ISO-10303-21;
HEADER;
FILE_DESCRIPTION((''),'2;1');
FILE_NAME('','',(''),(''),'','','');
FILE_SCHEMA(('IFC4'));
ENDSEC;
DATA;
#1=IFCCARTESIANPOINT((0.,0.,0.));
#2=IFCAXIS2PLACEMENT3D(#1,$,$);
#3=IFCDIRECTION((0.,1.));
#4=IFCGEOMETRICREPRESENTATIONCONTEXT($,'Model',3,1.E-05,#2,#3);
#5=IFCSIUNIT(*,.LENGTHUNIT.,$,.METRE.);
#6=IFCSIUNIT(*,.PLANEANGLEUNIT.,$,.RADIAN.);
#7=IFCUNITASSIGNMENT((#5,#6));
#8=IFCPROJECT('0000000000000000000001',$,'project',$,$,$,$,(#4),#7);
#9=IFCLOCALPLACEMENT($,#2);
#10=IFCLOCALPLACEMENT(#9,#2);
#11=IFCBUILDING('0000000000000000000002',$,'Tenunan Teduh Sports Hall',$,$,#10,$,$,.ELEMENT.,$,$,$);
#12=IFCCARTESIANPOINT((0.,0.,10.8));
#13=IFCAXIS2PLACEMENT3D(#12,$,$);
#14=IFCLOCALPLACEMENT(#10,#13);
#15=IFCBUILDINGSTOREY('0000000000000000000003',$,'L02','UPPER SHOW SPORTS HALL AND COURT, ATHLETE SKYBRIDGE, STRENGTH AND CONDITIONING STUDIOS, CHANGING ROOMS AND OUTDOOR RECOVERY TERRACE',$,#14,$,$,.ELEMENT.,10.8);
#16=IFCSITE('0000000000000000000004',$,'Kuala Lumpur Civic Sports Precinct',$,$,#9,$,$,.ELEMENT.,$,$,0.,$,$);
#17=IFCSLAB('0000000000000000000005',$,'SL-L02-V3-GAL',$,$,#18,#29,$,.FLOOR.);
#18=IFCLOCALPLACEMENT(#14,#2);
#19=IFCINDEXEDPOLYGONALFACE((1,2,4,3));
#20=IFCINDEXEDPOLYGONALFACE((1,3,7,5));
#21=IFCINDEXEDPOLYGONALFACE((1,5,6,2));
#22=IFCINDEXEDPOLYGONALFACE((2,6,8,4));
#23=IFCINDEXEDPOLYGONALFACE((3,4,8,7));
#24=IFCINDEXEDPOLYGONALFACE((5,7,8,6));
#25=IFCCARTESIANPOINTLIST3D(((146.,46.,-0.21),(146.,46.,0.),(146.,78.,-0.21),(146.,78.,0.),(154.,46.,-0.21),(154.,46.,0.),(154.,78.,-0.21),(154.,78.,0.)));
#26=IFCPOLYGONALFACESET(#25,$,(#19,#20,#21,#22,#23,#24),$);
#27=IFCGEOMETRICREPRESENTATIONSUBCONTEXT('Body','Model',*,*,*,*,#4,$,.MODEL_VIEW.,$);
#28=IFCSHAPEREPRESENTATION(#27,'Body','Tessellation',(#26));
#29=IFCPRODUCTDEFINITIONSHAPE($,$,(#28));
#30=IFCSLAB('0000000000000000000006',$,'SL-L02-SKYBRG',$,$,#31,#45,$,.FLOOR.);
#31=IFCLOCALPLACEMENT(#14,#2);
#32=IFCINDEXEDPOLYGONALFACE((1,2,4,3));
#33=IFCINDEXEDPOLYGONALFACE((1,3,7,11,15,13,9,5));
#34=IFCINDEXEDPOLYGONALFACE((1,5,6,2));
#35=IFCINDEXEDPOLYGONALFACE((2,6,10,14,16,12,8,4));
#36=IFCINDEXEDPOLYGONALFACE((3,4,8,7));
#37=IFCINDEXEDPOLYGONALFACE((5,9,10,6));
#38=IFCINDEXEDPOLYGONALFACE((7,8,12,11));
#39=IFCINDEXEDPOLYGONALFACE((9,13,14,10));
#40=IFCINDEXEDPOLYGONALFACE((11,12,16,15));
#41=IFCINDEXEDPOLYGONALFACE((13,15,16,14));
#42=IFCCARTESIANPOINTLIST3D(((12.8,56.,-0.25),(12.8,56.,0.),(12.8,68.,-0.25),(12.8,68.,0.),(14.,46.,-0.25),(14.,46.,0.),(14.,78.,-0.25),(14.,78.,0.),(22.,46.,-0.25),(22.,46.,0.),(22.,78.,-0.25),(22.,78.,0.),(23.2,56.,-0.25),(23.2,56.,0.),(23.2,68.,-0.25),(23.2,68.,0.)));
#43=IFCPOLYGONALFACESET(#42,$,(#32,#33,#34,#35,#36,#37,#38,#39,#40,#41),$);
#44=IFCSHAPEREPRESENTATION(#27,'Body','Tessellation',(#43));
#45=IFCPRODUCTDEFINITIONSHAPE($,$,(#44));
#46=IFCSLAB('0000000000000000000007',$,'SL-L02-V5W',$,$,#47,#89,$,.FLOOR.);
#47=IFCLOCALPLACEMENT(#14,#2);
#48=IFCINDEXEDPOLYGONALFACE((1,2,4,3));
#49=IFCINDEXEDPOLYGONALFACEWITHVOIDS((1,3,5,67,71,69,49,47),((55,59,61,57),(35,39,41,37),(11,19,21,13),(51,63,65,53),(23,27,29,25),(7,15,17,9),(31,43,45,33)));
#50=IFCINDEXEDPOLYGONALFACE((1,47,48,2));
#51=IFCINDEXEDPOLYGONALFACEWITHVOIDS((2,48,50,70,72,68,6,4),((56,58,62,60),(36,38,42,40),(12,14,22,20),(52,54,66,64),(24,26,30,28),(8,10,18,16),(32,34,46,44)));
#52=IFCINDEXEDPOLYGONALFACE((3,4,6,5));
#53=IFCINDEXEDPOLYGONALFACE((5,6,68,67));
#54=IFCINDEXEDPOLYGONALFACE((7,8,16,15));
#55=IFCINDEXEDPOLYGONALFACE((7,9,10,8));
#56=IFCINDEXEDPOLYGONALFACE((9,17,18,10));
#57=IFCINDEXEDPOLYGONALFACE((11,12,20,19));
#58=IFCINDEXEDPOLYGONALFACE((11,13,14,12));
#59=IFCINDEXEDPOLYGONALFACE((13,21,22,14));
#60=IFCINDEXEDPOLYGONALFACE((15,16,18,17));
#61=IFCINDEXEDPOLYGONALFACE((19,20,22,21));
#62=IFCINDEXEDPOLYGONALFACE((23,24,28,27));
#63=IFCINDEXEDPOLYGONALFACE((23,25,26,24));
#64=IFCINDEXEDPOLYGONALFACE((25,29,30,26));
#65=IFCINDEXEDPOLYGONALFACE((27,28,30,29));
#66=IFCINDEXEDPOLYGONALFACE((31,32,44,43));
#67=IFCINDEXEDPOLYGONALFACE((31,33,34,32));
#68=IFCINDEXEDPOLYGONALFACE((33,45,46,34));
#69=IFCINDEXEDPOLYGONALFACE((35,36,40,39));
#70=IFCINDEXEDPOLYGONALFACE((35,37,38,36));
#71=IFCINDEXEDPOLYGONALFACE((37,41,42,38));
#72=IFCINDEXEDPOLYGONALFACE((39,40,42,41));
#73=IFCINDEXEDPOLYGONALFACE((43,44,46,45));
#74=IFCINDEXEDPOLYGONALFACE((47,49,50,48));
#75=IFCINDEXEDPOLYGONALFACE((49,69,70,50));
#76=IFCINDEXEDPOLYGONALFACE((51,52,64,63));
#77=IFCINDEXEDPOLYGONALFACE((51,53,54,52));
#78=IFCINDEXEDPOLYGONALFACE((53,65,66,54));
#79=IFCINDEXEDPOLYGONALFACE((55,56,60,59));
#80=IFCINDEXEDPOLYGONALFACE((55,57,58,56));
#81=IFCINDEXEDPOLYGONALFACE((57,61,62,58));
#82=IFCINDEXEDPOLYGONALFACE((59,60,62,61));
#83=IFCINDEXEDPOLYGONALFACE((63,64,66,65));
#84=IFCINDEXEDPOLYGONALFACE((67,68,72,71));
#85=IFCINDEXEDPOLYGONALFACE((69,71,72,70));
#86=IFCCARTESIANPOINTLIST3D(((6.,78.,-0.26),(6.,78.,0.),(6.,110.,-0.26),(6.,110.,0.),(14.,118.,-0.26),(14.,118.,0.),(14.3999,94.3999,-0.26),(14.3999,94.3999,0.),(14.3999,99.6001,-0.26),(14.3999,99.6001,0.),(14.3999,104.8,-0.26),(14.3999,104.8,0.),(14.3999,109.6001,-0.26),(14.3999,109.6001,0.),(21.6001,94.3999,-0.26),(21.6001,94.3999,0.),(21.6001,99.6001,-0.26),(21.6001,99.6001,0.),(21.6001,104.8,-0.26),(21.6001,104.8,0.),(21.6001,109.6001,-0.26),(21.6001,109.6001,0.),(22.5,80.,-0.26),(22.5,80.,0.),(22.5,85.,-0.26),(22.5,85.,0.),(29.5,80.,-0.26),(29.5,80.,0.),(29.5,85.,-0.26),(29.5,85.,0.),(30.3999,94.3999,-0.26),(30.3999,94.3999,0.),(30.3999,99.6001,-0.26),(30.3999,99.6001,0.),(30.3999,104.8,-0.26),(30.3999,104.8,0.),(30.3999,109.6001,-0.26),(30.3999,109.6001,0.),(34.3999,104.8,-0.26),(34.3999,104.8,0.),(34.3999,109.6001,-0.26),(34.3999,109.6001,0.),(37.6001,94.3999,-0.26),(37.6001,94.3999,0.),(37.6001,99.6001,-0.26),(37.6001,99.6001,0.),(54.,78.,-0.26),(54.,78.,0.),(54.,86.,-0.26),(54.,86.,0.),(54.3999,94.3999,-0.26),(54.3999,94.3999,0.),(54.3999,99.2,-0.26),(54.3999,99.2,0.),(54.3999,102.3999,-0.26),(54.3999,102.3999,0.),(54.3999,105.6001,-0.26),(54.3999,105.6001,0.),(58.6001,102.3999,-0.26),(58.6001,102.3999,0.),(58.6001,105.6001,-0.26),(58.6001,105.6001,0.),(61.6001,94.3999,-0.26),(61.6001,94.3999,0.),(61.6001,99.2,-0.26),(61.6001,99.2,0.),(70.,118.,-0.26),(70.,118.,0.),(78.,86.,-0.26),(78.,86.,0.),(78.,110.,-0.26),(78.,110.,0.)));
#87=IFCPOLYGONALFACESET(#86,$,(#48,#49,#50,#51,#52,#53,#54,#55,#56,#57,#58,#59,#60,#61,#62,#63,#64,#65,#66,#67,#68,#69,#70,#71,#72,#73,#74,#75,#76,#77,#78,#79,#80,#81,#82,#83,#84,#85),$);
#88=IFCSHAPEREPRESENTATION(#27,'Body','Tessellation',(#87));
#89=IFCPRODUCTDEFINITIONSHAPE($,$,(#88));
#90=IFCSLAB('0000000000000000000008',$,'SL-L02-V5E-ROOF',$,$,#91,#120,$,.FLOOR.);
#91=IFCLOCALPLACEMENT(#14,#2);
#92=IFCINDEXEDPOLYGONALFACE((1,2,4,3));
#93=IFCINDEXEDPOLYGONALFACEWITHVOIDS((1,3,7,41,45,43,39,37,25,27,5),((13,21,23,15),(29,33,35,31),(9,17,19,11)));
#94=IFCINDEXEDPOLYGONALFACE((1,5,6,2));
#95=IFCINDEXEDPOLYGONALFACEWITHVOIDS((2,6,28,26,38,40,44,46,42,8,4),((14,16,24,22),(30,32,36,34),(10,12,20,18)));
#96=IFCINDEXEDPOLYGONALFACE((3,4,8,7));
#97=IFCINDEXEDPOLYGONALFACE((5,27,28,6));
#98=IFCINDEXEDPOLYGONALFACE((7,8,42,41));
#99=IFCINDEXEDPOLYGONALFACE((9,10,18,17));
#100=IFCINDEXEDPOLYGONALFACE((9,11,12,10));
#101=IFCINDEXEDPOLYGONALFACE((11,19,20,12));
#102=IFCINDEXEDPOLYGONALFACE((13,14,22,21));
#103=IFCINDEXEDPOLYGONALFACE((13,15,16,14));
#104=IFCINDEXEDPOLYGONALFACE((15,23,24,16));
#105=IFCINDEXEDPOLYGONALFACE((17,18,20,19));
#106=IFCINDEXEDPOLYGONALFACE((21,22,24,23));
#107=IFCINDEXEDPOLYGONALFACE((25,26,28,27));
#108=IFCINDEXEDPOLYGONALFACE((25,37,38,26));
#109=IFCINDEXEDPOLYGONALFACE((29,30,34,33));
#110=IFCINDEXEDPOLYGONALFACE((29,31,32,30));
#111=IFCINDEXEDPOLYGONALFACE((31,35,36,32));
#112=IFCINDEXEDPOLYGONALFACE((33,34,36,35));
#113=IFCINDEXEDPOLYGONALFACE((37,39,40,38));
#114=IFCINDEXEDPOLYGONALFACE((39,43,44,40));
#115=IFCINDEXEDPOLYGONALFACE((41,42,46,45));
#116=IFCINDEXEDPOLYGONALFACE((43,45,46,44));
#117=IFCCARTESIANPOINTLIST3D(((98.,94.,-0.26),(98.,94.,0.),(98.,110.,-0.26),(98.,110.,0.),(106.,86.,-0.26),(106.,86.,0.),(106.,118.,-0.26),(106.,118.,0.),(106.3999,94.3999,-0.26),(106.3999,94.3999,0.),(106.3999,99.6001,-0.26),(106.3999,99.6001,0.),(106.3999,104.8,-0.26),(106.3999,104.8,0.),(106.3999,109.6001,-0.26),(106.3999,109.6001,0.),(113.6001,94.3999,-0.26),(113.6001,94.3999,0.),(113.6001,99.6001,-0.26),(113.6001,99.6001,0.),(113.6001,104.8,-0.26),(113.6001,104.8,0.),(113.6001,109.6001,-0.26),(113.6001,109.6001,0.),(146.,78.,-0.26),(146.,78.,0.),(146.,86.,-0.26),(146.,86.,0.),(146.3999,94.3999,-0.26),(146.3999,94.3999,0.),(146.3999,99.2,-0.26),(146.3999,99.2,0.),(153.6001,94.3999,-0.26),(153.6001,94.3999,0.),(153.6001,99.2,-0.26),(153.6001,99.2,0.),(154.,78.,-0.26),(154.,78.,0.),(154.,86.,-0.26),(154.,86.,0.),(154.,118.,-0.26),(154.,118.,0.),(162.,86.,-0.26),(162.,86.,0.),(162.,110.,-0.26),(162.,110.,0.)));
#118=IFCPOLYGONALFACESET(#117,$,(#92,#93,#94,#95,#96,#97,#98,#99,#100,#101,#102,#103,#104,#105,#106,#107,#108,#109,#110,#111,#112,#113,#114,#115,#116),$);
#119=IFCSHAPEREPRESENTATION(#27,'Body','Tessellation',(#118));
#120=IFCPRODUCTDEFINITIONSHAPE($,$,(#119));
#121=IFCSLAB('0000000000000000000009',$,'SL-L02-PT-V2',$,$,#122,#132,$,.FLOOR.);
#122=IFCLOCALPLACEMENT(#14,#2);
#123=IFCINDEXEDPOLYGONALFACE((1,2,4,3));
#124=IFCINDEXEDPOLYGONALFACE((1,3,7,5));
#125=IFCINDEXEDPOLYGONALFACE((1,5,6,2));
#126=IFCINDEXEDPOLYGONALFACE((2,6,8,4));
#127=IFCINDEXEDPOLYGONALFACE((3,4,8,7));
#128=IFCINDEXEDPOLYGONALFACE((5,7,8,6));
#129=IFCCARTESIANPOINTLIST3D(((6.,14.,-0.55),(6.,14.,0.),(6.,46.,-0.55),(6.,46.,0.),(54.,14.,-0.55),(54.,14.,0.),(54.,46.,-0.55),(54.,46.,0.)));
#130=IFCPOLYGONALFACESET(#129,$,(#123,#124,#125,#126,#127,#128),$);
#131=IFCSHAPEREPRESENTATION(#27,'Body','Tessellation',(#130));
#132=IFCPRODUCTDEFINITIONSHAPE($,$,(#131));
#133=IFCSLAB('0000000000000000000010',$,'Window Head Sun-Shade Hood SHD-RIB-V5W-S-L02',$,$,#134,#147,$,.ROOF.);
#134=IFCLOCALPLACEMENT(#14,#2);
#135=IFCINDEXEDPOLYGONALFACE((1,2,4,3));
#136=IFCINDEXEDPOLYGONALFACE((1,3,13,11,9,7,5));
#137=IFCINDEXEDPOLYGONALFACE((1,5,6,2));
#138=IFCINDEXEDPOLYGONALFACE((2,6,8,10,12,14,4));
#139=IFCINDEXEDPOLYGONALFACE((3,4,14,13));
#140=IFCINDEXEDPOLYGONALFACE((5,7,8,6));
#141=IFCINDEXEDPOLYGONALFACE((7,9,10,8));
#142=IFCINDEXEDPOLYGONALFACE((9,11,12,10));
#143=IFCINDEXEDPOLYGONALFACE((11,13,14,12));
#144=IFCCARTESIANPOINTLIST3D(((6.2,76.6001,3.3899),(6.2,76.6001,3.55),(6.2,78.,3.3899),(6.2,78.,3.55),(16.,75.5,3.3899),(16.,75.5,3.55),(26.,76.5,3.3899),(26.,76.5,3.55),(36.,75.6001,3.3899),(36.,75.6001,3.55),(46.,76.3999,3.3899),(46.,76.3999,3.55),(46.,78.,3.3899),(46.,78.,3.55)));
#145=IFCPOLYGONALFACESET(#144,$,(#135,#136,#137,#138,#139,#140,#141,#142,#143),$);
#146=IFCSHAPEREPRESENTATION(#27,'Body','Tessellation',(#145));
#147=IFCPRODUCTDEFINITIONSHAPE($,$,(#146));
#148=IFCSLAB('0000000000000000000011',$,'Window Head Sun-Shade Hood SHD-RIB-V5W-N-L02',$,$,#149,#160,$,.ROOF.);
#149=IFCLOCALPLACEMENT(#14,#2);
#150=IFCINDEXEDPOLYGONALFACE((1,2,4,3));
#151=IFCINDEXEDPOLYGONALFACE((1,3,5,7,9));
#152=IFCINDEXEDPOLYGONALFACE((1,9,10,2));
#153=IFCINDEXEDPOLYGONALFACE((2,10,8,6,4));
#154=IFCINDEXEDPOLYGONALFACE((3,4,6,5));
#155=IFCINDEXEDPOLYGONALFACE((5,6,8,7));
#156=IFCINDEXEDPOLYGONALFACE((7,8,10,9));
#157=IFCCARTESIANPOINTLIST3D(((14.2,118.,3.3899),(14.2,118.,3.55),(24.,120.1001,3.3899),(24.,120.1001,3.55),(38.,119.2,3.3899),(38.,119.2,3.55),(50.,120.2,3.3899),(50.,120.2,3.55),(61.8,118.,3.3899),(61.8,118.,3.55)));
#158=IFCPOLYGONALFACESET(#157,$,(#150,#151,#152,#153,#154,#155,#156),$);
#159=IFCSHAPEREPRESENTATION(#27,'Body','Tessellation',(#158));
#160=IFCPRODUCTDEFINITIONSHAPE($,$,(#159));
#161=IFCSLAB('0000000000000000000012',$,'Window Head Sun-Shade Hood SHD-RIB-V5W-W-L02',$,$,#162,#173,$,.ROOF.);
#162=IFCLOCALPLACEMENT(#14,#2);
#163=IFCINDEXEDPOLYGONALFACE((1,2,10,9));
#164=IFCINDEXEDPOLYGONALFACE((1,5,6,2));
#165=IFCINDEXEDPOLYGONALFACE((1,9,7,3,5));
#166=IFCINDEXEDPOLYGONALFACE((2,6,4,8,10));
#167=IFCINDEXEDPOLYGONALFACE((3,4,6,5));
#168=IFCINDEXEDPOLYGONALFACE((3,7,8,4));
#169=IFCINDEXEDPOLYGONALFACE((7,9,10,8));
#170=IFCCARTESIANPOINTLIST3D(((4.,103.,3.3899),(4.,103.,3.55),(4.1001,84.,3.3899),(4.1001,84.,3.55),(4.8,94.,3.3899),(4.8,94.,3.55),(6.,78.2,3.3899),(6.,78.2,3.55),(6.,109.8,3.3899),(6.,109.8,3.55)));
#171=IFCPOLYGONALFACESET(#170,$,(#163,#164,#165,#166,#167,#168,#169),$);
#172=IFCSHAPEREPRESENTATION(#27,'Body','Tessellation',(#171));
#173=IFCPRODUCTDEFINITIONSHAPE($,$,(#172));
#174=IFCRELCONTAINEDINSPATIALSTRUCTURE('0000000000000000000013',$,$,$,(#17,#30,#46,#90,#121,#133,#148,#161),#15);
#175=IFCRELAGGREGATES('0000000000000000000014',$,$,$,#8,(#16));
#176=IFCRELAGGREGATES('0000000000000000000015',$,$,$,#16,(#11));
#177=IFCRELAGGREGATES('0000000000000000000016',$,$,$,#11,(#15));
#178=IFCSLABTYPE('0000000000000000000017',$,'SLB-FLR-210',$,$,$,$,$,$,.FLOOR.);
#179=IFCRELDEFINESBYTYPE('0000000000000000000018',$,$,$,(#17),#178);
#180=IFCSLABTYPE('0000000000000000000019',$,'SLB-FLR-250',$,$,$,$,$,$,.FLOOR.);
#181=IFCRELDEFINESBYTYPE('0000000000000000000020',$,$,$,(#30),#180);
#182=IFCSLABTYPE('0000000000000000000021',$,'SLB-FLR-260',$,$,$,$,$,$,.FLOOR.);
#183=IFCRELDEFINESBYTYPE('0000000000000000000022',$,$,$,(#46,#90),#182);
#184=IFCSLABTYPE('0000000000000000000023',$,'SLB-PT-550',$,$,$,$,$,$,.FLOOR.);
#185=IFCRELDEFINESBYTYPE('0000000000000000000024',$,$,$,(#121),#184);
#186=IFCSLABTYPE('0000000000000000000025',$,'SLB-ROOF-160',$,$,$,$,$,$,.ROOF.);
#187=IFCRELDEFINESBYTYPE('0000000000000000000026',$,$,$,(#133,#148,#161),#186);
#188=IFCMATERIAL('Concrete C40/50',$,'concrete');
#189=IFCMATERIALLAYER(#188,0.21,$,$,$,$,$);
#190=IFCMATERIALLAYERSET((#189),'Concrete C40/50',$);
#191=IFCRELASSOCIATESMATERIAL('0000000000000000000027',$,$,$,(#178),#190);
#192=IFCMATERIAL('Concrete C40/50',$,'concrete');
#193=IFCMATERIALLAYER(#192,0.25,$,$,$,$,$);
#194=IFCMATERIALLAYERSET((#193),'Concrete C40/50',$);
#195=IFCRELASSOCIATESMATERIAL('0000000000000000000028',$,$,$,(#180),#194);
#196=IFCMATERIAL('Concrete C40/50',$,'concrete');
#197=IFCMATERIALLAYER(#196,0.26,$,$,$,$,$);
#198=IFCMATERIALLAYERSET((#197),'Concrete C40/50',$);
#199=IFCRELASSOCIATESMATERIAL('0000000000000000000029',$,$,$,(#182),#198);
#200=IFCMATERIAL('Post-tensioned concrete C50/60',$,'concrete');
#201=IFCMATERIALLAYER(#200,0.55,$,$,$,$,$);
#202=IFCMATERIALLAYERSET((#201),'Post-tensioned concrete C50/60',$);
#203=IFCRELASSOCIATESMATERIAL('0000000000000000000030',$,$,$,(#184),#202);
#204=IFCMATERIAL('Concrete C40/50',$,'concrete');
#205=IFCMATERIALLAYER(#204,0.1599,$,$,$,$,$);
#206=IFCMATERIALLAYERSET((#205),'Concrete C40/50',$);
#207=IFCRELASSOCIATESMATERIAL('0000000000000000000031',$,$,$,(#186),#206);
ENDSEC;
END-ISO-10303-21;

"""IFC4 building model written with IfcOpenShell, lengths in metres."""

from ifc_helpers import new_model, si_unit, direction, frame, origin, place, context, subcontext, project, spatial, polyline, outline, extrude, material, layer, layer_set, type_object, element, save


model = new_model("IFC4")

# Units and contexts
model_context = context("Model", 3, precision=1e-05, world=origin(), true_north=direction((0.0, 1.0)))
body_context = subcontext(model_context, "Body", "Model", "MODEL_VIEW")
ifc_project = project(units=[si_unit("LENGTHUNIT", "METRE"), si_unit("PLANEANGLEUNIT", "RADIAN")], contexts=[model_context])

# Site, building, storey
site_placement = place(None, origin())
site = spatial("IfcSite", under=ifc_project, at=site_placement, Name="Kuala Lumpur Civic Sports Precinct", CompositionType="ELEMENT", RefElevation=0.0)
building_placement = place(site_placement, origin())
building = spatial("IfcBuilding", under=site, at=building_placement, Name="Tenunan Teduh Sports Hall", CompositionType="ELEMENT")
storey_placement = place(building_placement, frame((0.0, 0.0, 10.8)))
storey = spatial("IfcBuildingStorey", under=building, at=storey_placement, Name="L02", Description="UPPER SHOW SPORTS HALL AND COURT, ATHLETE SKYBRIDGE, STRENGTH AND CONDITIONING STUDIOS, CHANGING ROOMS AND OUTDOOR RECOVERY TERRACE", CompositionType="ELEMENT", Elevation=10.8)

# Slabs
ifc_material_1 = material(Name="Concrete C40/50", Category="concrete")
ifc_layer_1 = layer(ifc_material_1, 0.21)
ifc_layer_set_1 = layer_set([ifc_layer_1], Name="Concrete C40/50")
slab_type_1 = type_object("IfcSlabType", Name="SLB-FLR-210", PredefinedType="FLOOR", material=ifc_layer_set_1)
slab_1_placement = place(storey_placement, frame((0.0, 0.0, -0.21)))
element("IfcSlab", 1, at=slab_1_placement, inside=storey, type_object=slab_type_1, Name="SL-L02-V3-GAL", PredefinedType="FLOOR", context=body_context, shape_type="SweptSolid", body=[
    extrude(outline(polyline([(146.0, 46.0), (154.0, 46.0), (154.0, 78.0), (146.0, 78.0), (146.0, 46.0)])), origin(), (0.0, 0.0, 1.0), 0.21),
])
ifc_material_2 = material(Name="Concrete C40/50", Category="concrete")
ifc_layer_2 = layer(ifc_material_2, 0.25)
ifc_layer_set_2 = layer_set([ifc_layer_2], Name="Concrete C40/50")
slab_type_2 = type_object("IfcSlabType", Name="SLB-FLR-250", PredefinedType="FLOOR", material=ifc_layer_set_2)
slab_2_placement = place(storey_placement, frame((0.0, 0.0, -0.25)))
element("IfcSlab", 2, at=slab_2_placement, inside=storey, type_object=slab_type_2, Name="SL-L02-SKYBRG", PredefinedType="FLOOR", context=body_context, shape_type="SweptSolid", body=[
    extrude(outline(polyline([(14.0, 46.0), (22.0, 46.0), (23.2, 56.0), (23.2, 68.0), (22.0, 78.0), (14.0, 78.0), (12.8, 68.0), (12.8, 56.0), (14.0, 46.0)])), origin(), (0.0, 0.0, 1.0), 0.25),
])
ifc_material_3 = material(Name="Concrete C40/50", Category="concrete")
ifc_layer_3 = layer(ifc_material_3, 0.26)
ifc_layer_set_3 = layer_set([ifc_layer_3], Name="Concrete C40/50")
slab_type_3 = type_object("IfcSlabType", Name="SLB-FLR-260", PredefinedType="FLOOR", material=ifc_layer_set_3)
slab_3_placement = place(storey_placement, frame((0.0, 0.0, -0.26)))
element("IfcSlab", 3, at=slab_3_placement, inside=storey, type_object=slab_type_3, Name="SL-L02-V5W", PredefinedType="FLOOR", context=body_context, shape_type="SweptSolid", body=[
    extrude(outline(polyline([(6.0, 78.0), (54.0, 78.0), (54.0, 86.0), (78.0, 86.0), (78.0, 110.0), (70.0, 118.0), (14.0, 118.0), (6.0, 110.0), (6.0, 78.0)]), holes=[polyline([(14.3999, 94.3999), (21.6001, 94.3999), (21.6001, 99.6001), (14.3999, 99.6001), (14.3999, 94.3999)]), polyline([(14.3999, 104.8), (21.6001, 104.8), (21.6001, 109.6001), (14.3999, 109.6001), (14.3999, 104.8)]), polyline([(30.3999, 94.3999), (37.6001, 94.3999), (37.6001, 99.6001), (30.3999, 99.6001), (30.3999, 94.3999)]), polyline([(30.3999, 104.8), (34.3999, 104.8), (34.3999, 109.6001), (30.3999, 109.6001), (30.3999, 104.8)]), polyline([(54.3999, 94.3999), (61.6001, 94.3999), (61.6001, 99.2), (54.3999, 99.2), (54.3999, 94.3999)]), polyline([(54.3999, 102.3999), (58.6001, 102.3999), (58.6001, 105.6001), (54.3999, 105.6001), (54.3999, 102.3999)]), polyline([(22.5, 80.0), (29.5, 80.0), (29.5, 85.0), (22.5, 85.0), (22.5, 80.0)])]), origin(), (0.0, 0.0, 1.0), 0.26),
])
slab_4_placement = place(storey_placement, frame((0.0, 0.0, -0.26)))
element("IfcSlab", 4, at=slab_4_placement, inside=storey, type_object=slab_type_3, Name="SL-L02-V5E-ROOF", PredefinedType="FLOOR", context=body_context, shape_type="SweptSolid", body=[
    extrude(outline(polyline([(106.0, 86.0), (146.0, 86.0), (146.0, 78.0), (154.0, 78.0), (154.0, 86.0), (162.0, 86.0), (162.0, 110.0), (154.0, 118.0), (106.0, 118.0), (98.0, 110.0), (98.0, 94.0), (106.0, 86.0)]), holes=[polyline([(106.3999, 94.3999), (113.6001, 94.3999), (113.6001, 99.6001), (106.3999, 99.6001), (106.3999, 94.3999)]), polyline([(106.3999, 104.8), (113.6001, 104.8), (113.6001, 109.6001), (106.3999, 109.6001), (106.3999, 104.8)]), polyline([(146.3999, 94.3999), (153.6001, 94.3999), (153.6001, 99.2), (146.3999, 99.2), (146.3999, 94.3999)])]), origin(), (0.0, 0.0, 1.0), 0.26),
])
ifc_material_4 = material(Name="Post-tensioned concrete C50/60", Category="concrete")
ifc_layer_4 = layer(ifc_material_4, 0.55)
ifc_layer_set_4 = layer_set([ifc_layer_4], Name="Post-tensioned concrete C50/60")
slab_type_4 = type_object("IfcSlabType", Name="SLB-PT-550", PredefinedType="FLOOR", material=ifc_layer_set_4)
slab_5_placement = place(storey_placement, frame((0.0, 0.0, -0.55)))
element("IfcSlab", 5, at=slab_5_placement, inside=storey, type_object=slab_type_4, Name="SL-L02-PT-V2", PredefinedType="FLOOR", context=body_context, shape_type="SweptSolid", body=[
    extrude(outline(polyline([(6.0, 14.0), (54.0, 14.0), (54.0, 46.0), (6.0, 46.0), (6.0, 14.0)])), origin(), (0.0, 0.0, 1.0), 0.55),
])
ifc_material_5 = material(Name="Concrete C40/50", Category="concrete")
ifc_layer_5 = layer(ifc_material_5, 0.1599)
ifc_layer_set_5 = layer_set([ifc_layer_5], Name="Concrete C40/50")
slab_type_5 = type_object("IfcSlabType", Name="SLB-ROOF-160", PredefinedType="ROOF", material=ifc_layer_set_5)
slab_6_placement = place(storey_placement, frame((0.0, 0.0, 3.3899)))
element("IfcSlab", 6, at=slab_6_placement, inside=storey, type_object=slab_type_5, Name="Window Head Sun-Shade Hood SHD-RIB-V5W-S-L02", PredefinedType="ROOF", context=body_context, shape_type="SweptSolid", body=[
    extrude(outline(polyline([(6.2, 78.0), (46.0, 78.0), (46.0, 76.3999), (36.0, 75.6001), (26.0, 76.5), (16.0, 75.5), (6.2, 76.6001), (6.2, 78.0)])), origin(), (0.0, 0.0, 1.0), 0.1602),
])
slab_7_placement = place(storey_placement, frame((0.0, 0.0, 3.3899)))
element("IfcSlab", 7, at=slab_7_placement, inside=storey, type_object=slab_type_5, Name="Window Head Sun-Shade Hood SHD-RIB-V5W-N-L02", PredefinedType="ROOF", context=body_context, shape_type="SweptSolid", body=[
    extrude(outline(polyline([(14.2, 118.0), (24.0, 120.1001), (38.0, 119.2), (50.0, 120.2), (61.8, 118.0), (14.2, 118.0)])), origin(), (0.0, 0.0, 1.0), 0.1602),
])
slab_8_placement = place(storey_placement, frame((0.0, 0.0, 3.3899)))
element("IfcSlab", 8, at=slab_8_placement, inside=storey, type_object=slab_type_5, Name="Window Head Sun-Shade Hood SHD-RIB-V5W-W-L02", PredefinedType="ROOF", context=body_context, shape_type="SweptSolid", body=[
    extrude(outline(polyline([(6.0, 78.2), (4.1001, 84.0), (4.8, 94.0), (4.0, 103.0), (6.0, 109.8), (6.0, 78.2)])), origin(), (0.0, 0.0, 1.0), 0.1602),
])

save(model, "model.ifc")
